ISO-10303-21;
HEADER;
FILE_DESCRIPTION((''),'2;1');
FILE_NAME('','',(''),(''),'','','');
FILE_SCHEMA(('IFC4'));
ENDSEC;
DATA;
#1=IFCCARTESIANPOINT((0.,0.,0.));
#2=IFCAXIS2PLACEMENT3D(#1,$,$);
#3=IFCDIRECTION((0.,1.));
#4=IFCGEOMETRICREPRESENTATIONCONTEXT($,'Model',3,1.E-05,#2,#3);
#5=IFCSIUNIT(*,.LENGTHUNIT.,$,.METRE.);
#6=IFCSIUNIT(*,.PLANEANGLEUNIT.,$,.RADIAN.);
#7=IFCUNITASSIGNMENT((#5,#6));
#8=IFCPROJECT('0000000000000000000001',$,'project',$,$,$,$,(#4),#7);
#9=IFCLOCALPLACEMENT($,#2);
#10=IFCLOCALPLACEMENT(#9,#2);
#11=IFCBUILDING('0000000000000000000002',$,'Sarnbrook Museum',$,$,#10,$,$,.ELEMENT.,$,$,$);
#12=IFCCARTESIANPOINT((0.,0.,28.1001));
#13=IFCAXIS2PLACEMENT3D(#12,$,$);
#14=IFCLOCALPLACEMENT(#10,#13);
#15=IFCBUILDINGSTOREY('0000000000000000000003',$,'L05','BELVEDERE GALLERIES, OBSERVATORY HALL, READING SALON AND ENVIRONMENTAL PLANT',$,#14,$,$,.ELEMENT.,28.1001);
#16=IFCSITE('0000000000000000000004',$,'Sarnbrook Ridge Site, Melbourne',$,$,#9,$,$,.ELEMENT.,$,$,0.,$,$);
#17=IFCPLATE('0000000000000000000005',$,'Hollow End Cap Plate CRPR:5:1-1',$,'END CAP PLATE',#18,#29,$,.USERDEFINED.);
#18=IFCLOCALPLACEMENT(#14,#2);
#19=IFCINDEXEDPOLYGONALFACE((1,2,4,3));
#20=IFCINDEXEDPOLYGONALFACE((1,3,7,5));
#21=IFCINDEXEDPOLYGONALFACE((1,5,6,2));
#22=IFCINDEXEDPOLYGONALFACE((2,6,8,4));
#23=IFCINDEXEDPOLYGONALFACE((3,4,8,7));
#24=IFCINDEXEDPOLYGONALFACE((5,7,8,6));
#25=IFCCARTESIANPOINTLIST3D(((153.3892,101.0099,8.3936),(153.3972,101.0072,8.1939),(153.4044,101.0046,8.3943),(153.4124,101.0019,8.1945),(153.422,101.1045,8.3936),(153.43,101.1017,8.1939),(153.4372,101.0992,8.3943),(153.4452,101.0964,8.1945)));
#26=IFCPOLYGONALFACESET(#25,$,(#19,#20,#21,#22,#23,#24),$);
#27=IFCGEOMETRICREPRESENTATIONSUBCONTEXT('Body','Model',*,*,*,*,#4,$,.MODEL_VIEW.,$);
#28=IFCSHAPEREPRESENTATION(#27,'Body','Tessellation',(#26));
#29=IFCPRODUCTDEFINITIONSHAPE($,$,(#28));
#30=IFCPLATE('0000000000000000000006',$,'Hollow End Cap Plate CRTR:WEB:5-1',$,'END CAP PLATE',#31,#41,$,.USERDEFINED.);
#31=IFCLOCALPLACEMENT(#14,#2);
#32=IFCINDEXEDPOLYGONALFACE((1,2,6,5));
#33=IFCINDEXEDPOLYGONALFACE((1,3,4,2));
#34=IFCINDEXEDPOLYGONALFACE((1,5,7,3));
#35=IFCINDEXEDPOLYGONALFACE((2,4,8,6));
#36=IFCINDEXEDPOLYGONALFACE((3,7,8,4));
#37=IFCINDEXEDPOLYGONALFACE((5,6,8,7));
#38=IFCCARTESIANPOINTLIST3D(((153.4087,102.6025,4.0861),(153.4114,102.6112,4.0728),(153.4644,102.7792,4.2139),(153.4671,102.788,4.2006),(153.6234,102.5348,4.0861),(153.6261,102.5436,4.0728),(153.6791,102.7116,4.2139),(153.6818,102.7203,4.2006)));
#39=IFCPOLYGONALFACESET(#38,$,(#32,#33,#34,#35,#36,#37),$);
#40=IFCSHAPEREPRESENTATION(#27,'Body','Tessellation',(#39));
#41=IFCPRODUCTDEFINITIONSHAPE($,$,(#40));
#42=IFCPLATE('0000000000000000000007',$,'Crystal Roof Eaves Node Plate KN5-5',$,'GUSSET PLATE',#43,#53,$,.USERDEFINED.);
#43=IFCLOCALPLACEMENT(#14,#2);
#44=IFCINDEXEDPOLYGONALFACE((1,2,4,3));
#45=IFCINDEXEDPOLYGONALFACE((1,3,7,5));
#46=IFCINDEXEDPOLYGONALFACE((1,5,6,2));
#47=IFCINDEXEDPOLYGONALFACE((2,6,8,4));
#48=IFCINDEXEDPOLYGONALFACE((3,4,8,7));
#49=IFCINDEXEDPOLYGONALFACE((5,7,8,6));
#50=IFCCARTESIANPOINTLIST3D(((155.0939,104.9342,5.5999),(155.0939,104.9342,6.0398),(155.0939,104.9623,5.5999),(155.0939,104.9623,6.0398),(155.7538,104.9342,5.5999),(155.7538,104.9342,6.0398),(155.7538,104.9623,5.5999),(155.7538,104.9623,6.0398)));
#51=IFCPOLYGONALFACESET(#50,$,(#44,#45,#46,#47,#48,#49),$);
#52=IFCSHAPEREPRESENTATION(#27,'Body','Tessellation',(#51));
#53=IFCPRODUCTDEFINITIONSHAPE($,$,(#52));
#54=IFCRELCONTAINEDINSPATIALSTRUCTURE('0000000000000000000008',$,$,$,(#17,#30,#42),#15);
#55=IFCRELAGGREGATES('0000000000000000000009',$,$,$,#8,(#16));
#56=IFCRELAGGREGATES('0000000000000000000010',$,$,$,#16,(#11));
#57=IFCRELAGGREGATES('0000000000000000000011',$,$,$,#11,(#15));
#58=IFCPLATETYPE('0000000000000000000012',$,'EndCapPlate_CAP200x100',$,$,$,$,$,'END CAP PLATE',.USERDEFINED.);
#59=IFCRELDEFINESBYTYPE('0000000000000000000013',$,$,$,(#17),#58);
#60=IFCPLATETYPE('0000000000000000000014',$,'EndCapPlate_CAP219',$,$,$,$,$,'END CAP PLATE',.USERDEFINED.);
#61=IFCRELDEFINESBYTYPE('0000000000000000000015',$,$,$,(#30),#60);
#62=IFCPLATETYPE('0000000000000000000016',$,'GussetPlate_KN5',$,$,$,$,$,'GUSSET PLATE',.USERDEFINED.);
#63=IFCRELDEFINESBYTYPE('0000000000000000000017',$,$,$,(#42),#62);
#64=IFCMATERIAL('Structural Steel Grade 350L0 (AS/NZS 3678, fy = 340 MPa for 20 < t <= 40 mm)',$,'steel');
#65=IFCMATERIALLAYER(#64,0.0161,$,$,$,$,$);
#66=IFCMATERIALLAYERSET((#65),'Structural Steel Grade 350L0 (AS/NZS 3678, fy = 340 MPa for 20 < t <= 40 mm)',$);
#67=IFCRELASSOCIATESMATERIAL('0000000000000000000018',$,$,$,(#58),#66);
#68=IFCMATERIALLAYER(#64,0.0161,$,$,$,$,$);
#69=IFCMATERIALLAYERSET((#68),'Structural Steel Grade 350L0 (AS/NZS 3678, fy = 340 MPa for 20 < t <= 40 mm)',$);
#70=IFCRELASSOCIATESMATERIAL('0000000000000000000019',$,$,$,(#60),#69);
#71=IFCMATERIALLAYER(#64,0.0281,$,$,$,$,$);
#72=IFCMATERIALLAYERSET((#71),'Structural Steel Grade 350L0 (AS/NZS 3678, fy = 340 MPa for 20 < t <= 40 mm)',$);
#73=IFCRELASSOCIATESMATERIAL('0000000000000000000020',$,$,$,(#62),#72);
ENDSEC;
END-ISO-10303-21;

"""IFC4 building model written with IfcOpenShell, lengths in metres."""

from ifc_helpers import new_model, si_unit, direction, frame, origin, origin_2d, place, context, subcontext, project, spatial, rectangle, extrude, material, layer, layer_set, type_object, element, save


model = new_model("IFC4")

# Units and contexts
model_context = context("Model", 3, precision=1e-05, world=origin(), true_north=direction((0.0, 1.0)))
body_context = subcontext(model_context, "Body", "Model", "MODEL_VIEW")
ifc_project = project(units=[si_unit("LENGTHUNIT", "METRE"), si_unit("PLANEANGLEUNIT", "RADIAN")], contexts=[model_context])

# Site, building, storey
site_placement = place(None, origin())
site = spatial("IfcSite", under=ifc_project, at=site_placement, Name="Sarnbrook Ridge Site, Melbourne", CompositionType="ELEMENT", RefElevation=0.0)
building_placement = place(site_placement, origin())
building = spatial("IfcBuilding", under=site, at=building_placement, Name="Sarnbrook Museum", CompositionType="ELEMENT")
storey_placement = place(building_placement, frame((0.0, 0.0, 28.1001)))
storey = spatial("IfcBuildingStorey", under=building, at=storey_placement, Name="L05", Description="BELVEDERE GALLERIES, OBSERVATORY HALL, READING SALON AND ENVIRONMENTAL PLANT", CompositionType="ELEMENT", Elevation=28.1001)

# Shared definitions
ifc_material_1 = material(Name="Structural Steel Grade 350L0 (AS/NZS 3678, fy = 340 MPa for 20 < t <= 40 mm)", Category="steel")

# Plates
ifc_layer_1 = layer(ifc_material_1, 0.0161)
ifc_layer_set_1 = layer_set([ifc_layer_1], Name="Structural Steel Grade 350L0 (AS/NZS 3678, fy = 340 MPa for 20 < t <= 40 mm)")
plate_type_1 = type_object("IfcPlateType", Name="EndCapPlate_CAP200x100", ElementType="END CAP PLATE", PredefinedType="USERDEFINED", material=ifc_layer_set_1)
for number, where, z_axis, x_axis, name in (
    (1, (153.4248, 101.0505, 8.2944), (-0.943831, 0.327717, -0.042241), (-0.32801, -0.944674, 0.0), "Hollow End Cap Plate CRPR:5:1-1"),
):
    element("IfcPlate", number, at=place(storey_placement, frame(where, z_axis=z_axis, x_axis=x_axis)), inside=storey, type_object=plate_type_1, Name=name, ObjectType="END CAP PLATE", PredefinedType="USERDEFINED", context=body_context, shape_type="SweptSolid", body=[
        extrude(rectangle(XDim=0.1001, YDim=0.2, at=origin_2d()), origin(), (0.0, 0.0, 1.0), 0.0161),
    ])
ifc_layer_2 = layer(ifc_material_1, 0.0161)
ifc_layer_set_2 = layer_set([ifc_layer_2], Name="Structural Steel Grade 350L0 (AS/NZS 3678, fy = 340 MPa for 20 < t <= 40 mm)")
plate_type_2 = type_object("IfcPlateType", Name="EndCapPlate_CAP219", ElementType="END CAP PLATE", PredefinedType="USERDEFINED", material=ifc_layer_set_2)
plate_1_placement = place(storey_placement, frame((153.5466, 102.6658, 4.1367), z_axis=(-0.170614, -0.541414, 0.823263), x_axis=(0.953764, -0.300557, 0.0)))
element("IfcPlate", 2, at=plate_1_placement, inside=storey, type_object=plate_type_2, Name="Hollow End Cap Plate CRTR:WEB:5-1", ObjectType="END CAP PLATE", PredefinedType="USERDEFINED", context=body_context, shape_type="SweptSolid", body=[
    extrude(rectangle(XDim=0.2251, YDim=0.2251, at=origin_2d()), origin(), (0.0, 0.0, 1.0), 0.0161),
])
ifc_layer_3 = layer(ifc_material_1, 0.0281)
ifc_layer_set_3 = layer_set([ifc_layer_3], Name="Structural Steel Grade 350L0 (AS/NZS 3678, fy = 340 MPa for 20 < t <= 40 mm)")
plate_type_3 = type_object("IfcPlateType", Name="GussetPlate_KN5", ElementType="GUSSET PLATE", PredefinedType="USERDEFINED", material=ifc_layer_set_3)
plate_2_placement = place(storey_placement, frame((155.4238, 104.9482, 5.5999), z_axis=(0.0, 0.0, 1.0), x_axis=(1.0, 0.0, 0.0)))
element("IfcPlate", 3, at=plate_2_placement, inside=storey, type_object=plate_type_3, Name="Crystal Roof Eaves Node Plate KN5-5", ObjectType="GUSSET PLATE", PredefinedType="USERDEFINED", context=body_context, shape_type="SweptSolid", body=[
    extrude(rectangle(XDim=0.6599, YDim=0.0281, at=origin_2d()), origin(), (0.0, 0.0, 1.0), 0.4399),
])

save(model, "model.ifc")
